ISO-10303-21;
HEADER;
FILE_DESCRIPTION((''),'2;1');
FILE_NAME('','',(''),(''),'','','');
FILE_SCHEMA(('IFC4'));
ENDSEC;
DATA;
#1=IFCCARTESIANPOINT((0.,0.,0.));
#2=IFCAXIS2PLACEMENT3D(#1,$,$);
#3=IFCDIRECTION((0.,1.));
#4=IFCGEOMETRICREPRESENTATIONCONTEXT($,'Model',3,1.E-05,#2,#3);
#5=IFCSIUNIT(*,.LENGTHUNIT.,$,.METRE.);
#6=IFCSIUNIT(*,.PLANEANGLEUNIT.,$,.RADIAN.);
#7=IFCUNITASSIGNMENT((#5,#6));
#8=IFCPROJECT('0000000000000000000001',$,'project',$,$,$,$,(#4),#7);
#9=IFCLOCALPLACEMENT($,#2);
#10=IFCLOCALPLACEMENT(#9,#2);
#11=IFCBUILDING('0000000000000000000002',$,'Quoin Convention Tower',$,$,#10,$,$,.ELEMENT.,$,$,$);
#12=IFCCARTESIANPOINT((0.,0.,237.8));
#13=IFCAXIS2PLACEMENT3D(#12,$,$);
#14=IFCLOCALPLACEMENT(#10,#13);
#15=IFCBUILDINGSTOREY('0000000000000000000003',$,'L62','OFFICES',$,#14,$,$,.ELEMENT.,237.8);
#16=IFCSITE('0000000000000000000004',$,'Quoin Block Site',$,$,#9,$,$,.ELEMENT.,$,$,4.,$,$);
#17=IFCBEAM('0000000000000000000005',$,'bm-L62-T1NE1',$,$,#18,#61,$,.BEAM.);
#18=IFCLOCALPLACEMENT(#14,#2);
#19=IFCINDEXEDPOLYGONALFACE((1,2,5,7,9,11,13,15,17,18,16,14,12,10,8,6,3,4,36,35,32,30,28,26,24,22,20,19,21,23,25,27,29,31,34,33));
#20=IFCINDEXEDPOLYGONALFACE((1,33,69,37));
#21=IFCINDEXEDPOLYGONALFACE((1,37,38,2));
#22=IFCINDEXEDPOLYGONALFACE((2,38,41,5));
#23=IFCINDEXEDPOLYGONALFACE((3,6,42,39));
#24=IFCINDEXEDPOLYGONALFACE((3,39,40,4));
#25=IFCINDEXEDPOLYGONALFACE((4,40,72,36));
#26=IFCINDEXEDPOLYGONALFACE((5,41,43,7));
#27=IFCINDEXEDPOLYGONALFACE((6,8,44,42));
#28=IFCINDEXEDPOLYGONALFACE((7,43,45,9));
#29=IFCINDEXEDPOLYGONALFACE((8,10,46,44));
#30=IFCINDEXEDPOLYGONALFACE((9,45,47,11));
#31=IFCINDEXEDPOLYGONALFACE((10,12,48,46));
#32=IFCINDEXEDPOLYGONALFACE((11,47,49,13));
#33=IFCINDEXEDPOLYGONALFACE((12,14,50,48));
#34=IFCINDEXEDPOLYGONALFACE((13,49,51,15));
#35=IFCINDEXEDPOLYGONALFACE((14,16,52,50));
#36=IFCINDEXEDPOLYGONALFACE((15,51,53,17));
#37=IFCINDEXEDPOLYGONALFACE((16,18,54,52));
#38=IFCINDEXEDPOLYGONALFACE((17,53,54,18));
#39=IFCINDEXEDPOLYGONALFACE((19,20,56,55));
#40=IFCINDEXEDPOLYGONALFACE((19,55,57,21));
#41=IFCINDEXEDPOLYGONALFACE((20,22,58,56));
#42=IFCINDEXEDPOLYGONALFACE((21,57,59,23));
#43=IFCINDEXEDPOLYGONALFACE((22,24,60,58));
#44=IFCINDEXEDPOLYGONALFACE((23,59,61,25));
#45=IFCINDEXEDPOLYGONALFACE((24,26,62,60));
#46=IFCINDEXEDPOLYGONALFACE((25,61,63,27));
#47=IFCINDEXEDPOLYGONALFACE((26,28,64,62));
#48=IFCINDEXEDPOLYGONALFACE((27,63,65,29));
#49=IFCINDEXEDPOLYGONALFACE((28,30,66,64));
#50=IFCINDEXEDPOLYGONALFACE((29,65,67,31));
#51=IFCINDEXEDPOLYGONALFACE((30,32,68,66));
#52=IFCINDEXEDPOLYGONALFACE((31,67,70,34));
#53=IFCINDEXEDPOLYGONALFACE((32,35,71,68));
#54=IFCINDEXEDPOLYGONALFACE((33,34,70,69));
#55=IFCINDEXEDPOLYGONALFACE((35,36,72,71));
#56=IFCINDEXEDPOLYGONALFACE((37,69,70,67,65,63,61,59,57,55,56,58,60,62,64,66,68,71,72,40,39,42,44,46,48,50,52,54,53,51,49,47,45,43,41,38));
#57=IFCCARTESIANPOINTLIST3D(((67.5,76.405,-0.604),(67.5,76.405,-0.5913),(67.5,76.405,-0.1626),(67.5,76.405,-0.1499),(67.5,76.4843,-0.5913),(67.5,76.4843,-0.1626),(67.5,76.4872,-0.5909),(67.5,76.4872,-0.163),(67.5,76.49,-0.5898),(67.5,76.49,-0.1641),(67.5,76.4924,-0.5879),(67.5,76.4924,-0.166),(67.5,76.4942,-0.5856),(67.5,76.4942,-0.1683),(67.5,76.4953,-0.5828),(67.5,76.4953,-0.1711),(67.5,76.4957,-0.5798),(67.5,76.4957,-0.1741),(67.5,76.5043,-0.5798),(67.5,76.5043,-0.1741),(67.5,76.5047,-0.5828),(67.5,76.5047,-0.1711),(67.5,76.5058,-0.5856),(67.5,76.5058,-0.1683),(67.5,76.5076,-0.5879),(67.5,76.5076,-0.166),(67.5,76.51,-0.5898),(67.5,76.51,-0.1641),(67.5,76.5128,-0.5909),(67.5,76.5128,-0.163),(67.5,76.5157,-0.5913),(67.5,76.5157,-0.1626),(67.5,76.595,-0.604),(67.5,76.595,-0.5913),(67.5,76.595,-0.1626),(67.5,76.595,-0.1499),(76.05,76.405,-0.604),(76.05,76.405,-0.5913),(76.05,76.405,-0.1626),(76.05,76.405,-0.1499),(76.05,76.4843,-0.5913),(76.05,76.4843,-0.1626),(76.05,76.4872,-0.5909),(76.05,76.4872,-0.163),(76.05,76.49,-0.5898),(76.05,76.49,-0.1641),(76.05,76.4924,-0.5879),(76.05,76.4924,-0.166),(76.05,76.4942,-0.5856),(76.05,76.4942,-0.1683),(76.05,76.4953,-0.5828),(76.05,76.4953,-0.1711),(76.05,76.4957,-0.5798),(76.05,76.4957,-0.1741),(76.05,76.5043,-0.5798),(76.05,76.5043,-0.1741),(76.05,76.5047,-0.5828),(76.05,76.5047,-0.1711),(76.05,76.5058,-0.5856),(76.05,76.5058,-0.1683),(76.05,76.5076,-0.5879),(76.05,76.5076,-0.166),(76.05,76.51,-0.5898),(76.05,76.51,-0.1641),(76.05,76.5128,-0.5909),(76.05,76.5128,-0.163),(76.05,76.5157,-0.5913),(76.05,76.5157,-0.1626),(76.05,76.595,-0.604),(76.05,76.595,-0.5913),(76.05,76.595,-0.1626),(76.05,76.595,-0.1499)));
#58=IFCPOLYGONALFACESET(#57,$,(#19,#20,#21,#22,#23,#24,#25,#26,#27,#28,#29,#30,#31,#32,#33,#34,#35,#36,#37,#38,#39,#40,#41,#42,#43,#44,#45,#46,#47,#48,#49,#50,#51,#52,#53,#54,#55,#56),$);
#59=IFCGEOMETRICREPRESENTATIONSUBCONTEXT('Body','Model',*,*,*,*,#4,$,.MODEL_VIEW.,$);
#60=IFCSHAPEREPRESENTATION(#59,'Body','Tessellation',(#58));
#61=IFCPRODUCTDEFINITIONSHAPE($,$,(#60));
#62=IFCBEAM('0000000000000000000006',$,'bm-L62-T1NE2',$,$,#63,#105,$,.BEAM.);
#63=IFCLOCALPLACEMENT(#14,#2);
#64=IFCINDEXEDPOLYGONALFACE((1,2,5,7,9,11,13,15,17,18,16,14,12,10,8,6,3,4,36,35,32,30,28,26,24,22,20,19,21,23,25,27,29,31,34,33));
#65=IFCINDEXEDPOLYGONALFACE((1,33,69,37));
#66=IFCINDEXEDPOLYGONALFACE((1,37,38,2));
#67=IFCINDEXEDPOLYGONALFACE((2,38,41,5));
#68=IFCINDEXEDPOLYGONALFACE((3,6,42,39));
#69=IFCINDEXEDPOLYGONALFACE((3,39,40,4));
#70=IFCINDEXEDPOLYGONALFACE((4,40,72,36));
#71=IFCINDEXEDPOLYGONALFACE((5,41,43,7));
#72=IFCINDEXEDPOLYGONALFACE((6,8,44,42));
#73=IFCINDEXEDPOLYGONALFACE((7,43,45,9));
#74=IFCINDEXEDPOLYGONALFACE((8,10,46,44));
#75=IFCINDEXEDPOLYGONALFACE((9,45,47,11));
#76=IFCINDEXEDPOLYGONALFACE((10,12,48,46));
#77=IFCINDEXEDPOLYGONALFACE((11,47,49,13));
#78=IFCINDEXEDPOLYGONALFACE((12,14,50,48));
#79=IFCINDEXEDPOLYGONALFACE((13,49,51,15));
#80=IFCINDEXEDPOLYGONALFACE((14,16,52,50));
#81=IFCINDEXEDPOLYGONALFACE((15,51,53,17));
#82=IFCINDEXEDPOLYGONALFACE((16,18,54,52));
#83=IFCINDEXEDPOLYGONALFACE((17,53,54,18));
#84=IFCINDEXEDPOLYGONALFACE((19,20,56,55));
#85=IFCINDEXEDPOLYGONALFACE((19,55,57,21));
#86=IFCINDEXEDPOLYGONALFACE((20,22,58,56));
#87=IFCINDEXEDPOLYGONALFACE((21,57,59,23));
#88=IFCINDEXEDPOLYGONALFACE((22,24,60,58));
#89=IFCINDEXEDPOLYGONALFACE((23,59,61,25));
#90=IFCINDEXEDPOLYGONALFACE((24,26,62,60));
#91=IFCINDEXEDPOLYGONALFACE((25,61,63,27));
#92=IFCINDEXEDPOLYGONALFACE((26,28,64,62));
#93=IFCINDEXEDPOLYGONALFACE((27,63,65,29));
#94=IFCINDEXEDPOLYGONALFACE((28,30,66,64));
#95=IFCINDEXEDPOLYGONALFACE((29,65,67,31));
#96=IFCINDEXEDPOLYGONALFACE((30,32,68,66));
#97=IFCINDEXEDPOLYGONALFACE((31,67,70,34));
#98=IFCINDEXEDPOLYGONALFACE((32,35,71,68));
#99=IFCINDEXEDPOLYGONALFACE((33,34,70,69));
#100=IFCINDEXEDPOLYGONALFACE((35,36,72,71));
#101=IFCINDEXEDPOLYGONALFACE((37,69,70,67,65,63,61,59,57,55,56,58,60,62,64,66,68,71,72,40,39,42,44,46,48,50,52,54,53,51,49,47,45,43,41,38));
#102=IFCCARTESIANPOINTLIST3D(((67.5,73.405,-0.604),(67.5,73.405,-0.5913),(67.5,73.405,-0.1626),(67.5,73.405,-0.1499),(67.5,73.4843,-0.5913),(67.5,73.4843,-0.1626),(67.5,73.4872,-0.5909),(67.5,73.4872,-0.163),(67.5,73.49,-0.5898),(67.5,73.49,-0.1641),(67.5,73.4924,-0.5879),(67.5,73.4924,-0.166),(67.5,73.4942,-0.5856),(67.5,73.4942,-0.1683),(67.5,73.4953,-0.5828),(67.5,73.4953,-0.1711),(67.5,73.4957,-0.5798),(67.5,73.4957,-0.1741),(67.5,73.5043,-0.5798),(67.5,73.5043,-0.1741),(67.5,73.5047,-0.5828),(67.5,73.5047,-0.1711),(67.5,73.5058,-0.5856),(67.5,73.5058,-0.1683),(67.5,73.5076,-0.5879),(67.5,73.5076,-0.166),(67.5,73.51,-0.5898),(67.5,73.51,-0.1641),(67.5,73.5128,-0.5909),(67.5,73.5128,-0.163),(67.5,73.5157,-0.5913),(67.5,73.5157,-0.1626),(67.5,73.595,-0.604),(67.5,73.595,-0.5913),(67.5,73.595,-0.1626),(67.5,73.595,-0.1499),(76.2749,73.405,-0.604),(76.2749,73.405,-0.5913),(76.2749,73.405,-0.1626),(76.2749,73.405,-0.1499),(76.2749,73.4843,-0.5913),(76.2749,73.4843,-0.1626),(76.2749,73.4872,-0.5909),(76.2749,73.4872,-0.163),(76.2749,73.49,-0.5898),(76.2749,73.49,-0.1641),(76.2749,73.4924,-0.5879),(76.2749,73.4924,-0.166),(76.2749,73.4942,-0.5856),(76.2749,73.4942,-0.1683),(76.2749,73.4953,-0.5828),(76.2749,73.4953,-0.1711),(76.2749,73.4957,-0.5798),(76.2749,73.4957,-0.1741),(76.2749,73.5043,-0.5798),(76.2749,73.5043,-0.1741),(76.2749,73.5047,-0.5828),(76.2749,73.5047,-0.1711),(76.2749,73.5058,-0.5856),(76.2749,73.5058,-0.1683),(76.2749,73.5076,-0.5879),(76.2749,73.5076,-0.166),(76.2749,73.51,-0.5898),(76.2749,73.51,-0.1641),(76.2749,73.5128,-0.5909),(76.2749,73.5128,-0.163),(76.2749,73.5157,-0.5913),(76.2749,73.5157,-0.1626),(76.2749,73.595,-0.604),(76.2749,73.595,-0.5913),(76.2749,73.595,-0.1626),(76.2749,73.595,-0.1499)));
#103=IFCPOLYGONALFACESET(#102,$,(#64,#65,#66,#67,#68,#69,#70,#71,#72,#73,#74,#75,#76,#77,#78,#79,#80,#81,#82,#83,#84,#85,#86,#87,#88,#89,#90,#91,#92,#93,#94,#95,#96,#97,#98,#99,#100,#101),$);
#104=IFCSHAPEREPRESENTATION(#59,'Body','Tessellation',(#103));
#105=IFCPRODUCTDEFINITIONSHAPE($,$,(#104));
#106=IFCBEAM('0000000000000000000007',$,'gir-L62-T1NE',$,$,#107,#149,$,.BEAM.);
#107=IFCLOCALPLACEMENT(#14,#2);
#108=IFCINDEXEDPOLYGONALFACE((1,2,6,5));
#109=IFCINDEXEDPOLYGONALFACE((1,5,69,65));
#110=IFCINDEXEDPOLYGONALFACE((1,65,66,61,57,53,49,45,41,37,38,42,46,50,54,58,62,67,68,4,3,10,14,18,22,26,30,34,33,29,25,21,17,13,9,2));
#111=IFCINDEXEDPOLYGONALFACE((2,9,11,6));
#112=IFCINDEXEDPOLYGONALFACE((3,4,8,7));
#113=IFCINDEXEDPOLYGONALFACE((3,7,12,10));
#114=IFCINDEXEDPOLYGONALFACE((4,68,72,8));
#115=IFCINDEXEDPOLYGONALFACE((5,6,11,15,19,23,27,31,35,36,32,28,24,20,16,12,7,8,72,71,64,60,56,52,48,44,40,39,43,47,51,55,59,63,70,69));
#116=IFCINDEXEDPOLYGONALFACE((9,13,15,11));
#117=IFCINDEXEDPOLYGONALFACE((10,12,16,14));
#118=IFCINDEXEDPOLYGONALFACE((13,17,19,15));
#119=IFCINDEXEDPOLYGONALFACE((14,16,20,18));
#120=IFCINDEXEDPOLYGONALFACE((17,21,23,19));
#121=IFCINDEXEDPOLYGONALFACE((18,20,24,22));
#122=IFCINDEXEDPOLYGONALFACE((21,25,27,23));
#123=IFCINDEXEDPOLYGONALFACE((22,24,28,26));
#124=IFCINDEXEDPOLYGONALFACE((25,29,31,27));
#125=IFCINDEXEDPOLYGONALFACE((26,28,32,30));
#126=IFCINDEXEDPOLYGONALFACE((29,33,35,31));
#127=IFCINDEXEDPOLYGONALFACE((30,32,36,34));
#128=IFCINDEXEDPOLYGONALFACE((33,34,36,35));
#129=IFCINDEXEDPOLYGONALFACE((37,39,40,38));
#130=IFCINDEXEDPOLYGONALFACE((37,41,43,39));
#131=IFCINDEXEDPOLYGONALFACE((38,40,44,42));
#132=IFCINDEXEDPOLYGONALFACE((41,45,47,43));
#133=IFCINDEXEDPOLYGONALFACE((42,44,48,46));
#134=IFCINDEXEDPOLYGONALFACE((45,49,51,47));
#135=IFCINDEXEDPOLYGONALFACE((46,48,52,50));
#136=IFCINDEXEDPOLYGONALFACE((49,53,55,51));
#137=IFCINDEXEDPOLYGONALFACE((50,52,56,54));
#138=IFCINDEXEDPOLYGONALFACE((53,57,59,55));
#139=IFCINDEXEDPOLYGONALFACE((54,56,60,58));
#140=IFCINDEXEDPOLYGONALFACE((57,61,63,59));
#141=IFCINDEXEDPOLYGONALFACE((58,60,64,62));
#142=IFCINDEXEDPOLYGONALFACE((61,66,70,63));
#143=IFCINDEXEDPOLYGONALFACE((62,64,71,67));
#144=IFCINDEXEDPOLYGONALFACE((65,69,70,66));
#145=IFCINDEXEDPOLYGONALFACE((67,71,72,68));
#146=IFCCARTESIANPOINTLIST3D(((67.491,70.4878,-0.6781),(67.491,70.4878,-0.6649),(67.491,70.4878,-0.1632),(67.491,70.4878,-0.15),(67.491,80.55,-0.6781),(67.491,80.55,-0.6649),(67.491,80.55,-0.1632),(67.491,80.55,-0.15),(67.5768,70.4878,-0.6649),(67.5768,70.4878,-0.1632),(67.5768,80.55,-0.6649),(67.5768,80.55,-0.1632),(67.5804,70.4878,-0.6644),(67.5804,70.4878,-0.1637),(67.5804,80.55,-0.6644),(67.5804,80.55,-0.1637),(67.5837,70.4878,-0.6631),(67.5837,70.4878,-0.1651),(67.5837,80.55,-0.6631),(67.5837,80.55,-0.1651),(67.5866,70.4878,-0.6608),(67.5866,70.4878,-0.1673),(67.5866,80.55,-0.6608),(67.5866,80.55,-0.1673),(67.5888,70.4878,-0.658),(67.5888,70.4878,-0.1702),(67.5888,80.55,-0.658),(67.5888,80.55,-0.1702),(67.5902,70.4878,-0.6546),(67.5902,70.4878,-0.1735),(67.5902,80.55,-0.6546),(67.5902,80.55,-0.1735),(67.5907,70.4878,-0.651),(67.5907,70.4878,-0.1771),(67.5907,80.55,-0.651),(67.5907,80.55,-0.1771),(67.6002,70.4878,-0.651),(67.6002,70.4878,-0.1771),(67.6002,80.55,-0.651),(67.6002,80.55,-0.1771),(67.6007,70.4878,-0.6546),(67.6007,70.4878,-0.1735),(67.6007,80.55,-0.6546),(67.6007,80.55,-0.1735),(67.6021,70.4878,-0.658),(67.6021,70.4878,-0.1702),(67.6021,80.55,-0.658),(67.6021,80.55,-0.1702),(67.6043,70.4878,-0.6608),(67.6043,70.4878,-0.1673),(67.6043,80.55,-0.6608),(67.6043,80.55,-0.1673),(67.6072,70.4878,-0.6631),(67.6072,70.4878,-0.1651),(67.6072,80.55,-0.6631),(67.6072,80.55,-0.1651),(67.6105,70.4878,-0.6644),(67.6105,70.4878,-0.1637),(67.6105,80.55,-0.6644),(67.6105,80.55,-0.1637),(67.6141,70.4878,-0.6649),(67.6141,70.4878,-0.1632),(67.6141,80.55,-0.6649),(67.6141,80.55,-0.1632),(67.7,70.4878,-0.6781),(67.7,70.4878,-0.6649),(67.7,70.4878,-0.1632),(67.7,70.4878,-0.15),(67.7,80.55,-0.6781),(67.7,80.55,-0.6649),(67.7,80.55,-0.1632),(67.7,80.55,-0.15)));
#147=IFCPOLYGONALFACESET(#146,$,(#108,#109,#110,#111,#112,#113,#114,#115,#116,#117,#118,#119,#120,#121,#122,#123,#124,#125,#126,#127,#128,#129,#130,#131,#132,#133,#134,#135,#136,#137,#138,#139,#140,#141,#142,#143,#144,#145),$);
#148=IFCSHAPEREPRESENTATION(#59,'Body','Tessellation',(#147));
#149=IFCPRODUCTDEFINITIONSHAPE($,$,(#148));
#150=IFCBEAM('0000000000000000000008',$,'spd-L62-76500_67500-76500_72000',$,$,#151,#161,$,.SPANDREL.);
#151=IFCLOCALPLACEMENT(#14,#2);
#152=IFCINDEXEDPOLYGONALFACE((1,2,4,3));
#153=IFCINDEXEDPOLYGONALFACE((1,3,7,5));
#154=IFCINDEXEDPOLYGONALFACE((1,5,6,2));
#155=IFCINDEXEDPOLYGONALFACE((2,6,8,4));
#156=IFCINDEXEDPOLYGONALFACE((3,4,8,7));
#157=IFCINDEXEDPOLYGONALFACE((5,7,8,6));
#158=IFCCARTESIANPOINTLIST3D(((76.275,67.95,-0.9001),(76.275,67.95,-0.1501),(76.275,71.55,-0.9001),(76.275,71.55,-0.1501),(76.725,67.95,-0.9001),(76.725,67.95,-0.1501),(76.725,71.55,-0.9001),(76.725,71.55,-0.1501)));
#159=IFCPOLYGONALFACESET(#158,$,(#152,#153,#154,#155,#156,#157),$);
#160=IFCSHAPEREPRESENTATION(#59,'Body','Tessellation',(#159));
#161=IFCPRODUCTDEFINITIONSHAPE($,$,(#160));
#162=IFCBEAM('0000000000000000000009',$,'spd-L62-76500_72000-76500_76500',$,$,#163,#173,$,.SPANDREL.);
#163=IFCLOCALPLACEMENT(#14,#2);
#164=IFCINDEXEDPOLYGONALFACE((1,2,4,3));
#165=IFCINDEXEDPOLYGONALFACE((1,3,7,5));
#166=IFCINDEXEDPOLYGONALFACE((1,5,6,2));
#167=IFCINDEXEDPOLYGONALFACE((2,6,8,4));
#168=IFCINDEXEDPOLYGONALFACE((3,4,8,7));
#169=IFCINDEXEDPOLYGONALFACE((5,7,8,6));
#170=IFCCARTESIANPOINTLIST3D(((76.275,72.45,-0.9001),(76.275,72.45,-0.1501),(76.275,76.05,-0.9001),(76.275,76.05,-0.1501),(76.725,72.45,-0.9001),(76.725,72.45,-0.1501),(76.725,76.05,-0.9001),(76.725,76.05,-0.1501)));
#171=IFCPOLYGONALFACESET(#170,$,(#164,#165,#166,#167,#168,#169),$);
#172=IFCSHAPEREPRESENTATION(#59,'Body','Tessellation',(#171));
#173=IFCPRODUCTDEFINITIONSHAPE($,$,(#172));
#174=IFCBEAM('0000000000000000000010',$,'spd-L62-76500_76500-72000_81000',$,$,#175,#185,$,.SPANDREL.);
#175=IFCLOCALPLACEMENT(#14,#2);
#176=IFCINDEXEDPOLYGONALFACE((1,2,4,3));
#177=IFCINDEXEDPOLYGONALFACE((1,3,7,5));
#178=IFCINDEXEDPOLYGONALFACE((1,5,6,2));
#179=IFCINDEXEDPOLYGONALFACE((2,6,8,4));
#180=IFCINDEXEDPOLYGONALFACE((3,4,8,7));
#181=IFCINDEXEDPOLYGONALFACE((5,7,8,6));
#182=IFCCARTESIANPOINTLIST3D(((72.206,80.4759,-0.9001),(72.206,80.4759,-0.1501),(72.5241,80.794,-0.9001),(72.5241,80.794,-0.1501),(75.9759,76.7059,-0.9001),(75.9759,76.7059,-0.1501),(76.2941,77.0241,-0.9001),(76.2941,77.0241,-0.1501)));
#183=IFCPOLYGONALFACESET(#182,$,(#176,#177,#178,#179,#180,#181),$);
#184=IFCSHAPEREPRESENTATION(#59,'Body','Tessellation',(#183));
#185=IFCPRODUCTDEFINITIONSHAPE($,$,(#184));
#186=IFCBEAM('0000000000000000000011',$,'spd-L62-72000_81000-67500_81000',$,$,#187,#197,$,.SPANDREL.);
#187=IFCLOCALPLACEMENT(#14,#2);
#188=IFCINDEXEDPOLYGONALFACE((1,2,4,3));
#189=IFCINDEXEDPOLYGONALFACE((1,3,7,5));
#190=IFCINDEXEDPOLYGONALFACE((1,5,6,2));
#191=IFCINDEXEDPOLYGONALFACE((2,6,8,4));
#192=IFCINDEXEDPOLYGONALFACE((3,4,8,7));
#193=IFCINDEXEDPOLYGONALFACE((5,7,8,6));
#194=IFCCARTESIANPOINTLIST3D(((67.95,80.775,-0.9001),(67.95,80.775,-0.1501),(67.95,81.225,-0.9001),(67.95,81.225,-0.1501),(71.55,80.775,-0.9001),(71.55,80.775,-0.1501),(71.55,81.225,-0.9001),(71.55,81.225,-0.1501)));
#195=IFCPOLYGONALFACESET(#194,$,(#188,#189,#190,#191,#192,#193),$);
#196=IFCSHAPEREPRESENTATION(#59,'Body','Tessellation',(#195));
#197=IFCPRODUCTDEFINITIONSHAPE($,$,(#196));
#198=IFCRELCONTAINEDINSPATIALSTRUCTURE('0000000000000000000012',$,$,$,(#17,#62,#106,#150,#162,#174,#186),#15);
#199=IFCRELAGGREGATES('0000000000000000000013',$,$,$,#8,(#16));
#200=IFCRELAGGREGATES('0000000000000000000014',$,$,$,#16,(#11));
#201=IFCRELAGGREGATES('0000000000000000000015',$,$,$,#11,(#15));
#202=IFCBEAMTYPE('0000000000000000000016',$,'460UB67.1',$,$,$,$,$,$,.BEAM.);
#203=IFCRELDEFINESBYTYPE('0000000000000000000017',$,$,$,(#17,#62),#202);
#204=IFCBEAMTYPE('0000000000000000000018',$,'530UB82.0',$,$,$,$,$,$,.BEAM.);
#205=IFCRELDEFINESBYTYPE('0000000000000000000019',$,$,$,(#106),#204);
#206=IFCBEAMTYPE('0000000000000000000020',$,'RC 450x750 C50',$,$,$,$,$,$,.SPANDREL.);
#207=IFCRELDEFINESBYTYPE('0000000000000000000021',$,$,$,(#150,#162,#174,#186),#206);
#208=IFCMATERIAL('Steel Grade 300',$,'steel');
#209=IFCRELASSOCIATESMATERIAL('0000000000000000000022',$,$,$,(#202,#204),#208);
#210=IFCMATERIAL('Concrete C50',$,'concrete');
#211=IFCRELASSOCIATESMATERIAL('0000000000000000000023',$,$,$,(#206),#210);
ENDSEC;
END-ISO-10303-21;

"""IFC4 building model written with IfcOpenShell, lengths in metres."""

from ifc_helpers import new_model, si_unit, direction, frame, origin, origin_2d, place, context, subcontext, project, spatial, rectangle, i_section, extrude, material, material_profile, profile_set, type_object, element, save


model = new_model("IFC4")

# Units and contexts
model_context = context("Model", 3, precision=1e-05, world=origin(), true_north=direction((0.0, 1.0)))
body_context = subcontext(model_context, "Body", "Model", "MODEL_VIEW")
ifc_project = project(units=[si_unit("LENGTHUNIT", "METRE"), si_unit("PLANEANGLEUNIT", "RADIAN")], contexts=[model_context])

# Site, building, storey
site_placement = place(None, origin())
site = spatial("IfcSite", under=ifc_project, at=site_placement, Name="Quoin Block Site", CompositionType="ELEMENT", RefElevation=4.0)
building_placement = place(site_placement, origin())
building = spatial("IfcBuilding", under=site, at=building_placement, Name="Quoin Convention Tower", CompositionType="ELEMENT")
storey_placement = place(building_placement, frame((0.0, 0.0, 237.8)))
storey = spatial("IfcBuildingStorey", under=building, at=storey_placement, Name="L62", Description="OFFICES", CompositionType="ELEMENT", Elevation=237.8)

# Shared definitions
ifc_material_1 = material(Name="Concrete C50", Category="concrete")

# Beams
ifc_material_2 = material(Name="Steel Grade 300", Category="steel")
ifc_material_profile_1 = material_profile(ifc_material_2, i_section(OverallWidth=0.1899, OverallDepth=0.4541, WebThickness=0.0085, FlangeThickness=0.0127, FilletRadius=0.0115, at=origin_2d()), Name="460UB67.1")
ifc_profile_set_1 = profile_set([ifc_material_profile_1], Name="Steel Grade 300")
beam_type_1 = type_object("IfcBeamType", Name="460UB67.1", PredefinedType="BEAM", material=ifc_profile_set_1)
beam_1_placement = place(storey_placement, frame((67.5, 76.5, -0.377), z_axis=(1.0, 0.0, 0.0), x_axis=(0.0, 1.0, 0.0)))
element("IfcBeam", 1, at=beam_1_placement, inside=storey, type_object=beam_type_1, Name="bm-L62-T1NE1", PredefinedType="BEAM", context=body_context, shape_type="SweptSolid", body=[
    extrude(i_section(OverallWidth=0.1899, OverallDepth=0.4541, WebThickness=0.0085, FlangeThickness=0.0127, FilletRadius=0.0115, at=origin_2d()), origin(), (0.0, 0.0, 1.0), 8.55),
])
beam_2_placement = place(storey_placement, frame((67.5, 73.5, -0.377), z_axis=(1.0, 0.0, 0.0), x_axis=(0.0, 1.0, 0.0)))
element("IfcBeam", 2, at=beam_2_placement, inside=storey, type_object=beam_type_1, Name="bm-L62-T1NE2", PredefinedType="BEAM", context=body_context, shape_type="SweptSolid", body=[
    extrude(i_section(OverallWidth=0.1899, OverallDepth=0.4541, WebThickness=0.0085, FlangeThickness=0.0127, FilletRadius=0.0115, at=origin_2d()), origin(), (0.0, 0.0, 1.0), 8.7749),
])
ifc_material_profile_2 = material_profile(ifc_material_2, i_section(OverallWidth=0.209, OverallDepth=0.5281, WebThickness=0.0095, FlangeThickness=0.0132, FilletRadius=0.0139, at=origin_2d()), Name="530UB82.0")
ifc_profile_set_2 = profile_set([ifc_material_profile_2], Name="Steel Grade 300")
beam_type_2 = type_object("IfcBeamType", Name="530UB82.0", PredefinedType="BEAM", material=ifc_profile_set_2)
beam_3_placement = place(storey_placement, frame((67.5955, 80.55, -0.4141), z_axis=(0.0, -1.0, 0.0), x_axis=(1.0, 0.0, 0.0)))
element("IfcBeam", 3, at=beam_3_placement, inside=storey, type_object=beam_type_2, Name="gir-L62-T1NE", PredefinedType="BEAM", context=body_context, shape_type="SweptSolid", body=[
    extrude(i_section(OverallWidth=0.209, OverallDepth=0.5281, WebThickness=0.0095, FlangeThickness=0.0132, FilletRadius=0.0139, at=origin_2d()), origin(), (0.0, 0.0, 1.0), 10.0623),
])
ifc_material_profile_3 = material_profile(ifc_material_1, rectangle(XDim=0.45, YDim=0.75, at=origin_2d()), Name="RC 450x750")
ifc_profile_set_3 = profile_set([ifc_material_profile_3], Name="Concrete C50")
beam_type_3 = type_object("IfcBeamType", Name="RC 450x750 C50", PredefinedType="SPANDREL", material=ifc_profile_set_3)
for number, where, z_axis, x_axis, name in (
    (4, (76.5, 67.95, -0.5251), (0.0, 1.0, 0.0), (-1.0, 0.0, 0.0), "spd-L62-76500_67500-76500_72000"),
    (5, (76.5, 72.45, -0.5251), (0.0, 1.0, 0.0), (-1.0, 0.0, 0.0), "spd-L62-76500_72000-76500_76500"),
):
    element("IfcBeam", number, at=place(storey_placement, frame(where, z_axis=z_axis, x_axis=x_axis)), inside=storey, type_object=beam_type_3, Name=name, PredefinedType="SPANDREL", context=body_context, shape_type="SweptSolid", body=[
        extrude(rectangle(XDim=0.45, YDim=0.75, at=origin_2d()), origin(), (0.0, 0.0, 1.0), 3.6001),
    ])
beam_4_placement = place(storey_placement, frame((76.135, 76.865, -0.5251), z_axis=(-0.707107, 0.707107, 0.0), x_axis=(-0.707107, -0.707107, 0.0)))
element("IfcBeam", 6, at=beam_4_placement, inside=storey, type_object=beam_type_3, Name="spd-L62-76500_76500-72000_81000", PredefinedType="SPANDREL", context=body_context, shape_type="SweptSolid", body=[
    extrude(rectangle(XDim=0.45, YDim=0.75, at=origin_2d()), origin(), (0.0, 0.0, 1.0), 5.3315),
])
for number, where, z_axis, x_axis, name in (
    (7, (71.55, 81.0, -0.5251), (-1.0, 0.0, 0.0), (0.0, -1.0, 0.0), "spd-L62-72000_81000-67500_81000"),
):
    element("IfcBeam", number, at=place(storey_placement, frame(where, z_axis=z_axis, x_axis=x_axis)), inside=storey, type_object=beam_type_3, Name=name, PredefinedType="SPANDREL", context=body_context, shape_type="SweptSolid", body=[
        extrude(rectangle(XDim=0.45, YDim=0.75, at=origin_2d()), origin(), (0.0, 0.0, 1.0), 3.6001),
    ])

save(model, "model.ifc")
